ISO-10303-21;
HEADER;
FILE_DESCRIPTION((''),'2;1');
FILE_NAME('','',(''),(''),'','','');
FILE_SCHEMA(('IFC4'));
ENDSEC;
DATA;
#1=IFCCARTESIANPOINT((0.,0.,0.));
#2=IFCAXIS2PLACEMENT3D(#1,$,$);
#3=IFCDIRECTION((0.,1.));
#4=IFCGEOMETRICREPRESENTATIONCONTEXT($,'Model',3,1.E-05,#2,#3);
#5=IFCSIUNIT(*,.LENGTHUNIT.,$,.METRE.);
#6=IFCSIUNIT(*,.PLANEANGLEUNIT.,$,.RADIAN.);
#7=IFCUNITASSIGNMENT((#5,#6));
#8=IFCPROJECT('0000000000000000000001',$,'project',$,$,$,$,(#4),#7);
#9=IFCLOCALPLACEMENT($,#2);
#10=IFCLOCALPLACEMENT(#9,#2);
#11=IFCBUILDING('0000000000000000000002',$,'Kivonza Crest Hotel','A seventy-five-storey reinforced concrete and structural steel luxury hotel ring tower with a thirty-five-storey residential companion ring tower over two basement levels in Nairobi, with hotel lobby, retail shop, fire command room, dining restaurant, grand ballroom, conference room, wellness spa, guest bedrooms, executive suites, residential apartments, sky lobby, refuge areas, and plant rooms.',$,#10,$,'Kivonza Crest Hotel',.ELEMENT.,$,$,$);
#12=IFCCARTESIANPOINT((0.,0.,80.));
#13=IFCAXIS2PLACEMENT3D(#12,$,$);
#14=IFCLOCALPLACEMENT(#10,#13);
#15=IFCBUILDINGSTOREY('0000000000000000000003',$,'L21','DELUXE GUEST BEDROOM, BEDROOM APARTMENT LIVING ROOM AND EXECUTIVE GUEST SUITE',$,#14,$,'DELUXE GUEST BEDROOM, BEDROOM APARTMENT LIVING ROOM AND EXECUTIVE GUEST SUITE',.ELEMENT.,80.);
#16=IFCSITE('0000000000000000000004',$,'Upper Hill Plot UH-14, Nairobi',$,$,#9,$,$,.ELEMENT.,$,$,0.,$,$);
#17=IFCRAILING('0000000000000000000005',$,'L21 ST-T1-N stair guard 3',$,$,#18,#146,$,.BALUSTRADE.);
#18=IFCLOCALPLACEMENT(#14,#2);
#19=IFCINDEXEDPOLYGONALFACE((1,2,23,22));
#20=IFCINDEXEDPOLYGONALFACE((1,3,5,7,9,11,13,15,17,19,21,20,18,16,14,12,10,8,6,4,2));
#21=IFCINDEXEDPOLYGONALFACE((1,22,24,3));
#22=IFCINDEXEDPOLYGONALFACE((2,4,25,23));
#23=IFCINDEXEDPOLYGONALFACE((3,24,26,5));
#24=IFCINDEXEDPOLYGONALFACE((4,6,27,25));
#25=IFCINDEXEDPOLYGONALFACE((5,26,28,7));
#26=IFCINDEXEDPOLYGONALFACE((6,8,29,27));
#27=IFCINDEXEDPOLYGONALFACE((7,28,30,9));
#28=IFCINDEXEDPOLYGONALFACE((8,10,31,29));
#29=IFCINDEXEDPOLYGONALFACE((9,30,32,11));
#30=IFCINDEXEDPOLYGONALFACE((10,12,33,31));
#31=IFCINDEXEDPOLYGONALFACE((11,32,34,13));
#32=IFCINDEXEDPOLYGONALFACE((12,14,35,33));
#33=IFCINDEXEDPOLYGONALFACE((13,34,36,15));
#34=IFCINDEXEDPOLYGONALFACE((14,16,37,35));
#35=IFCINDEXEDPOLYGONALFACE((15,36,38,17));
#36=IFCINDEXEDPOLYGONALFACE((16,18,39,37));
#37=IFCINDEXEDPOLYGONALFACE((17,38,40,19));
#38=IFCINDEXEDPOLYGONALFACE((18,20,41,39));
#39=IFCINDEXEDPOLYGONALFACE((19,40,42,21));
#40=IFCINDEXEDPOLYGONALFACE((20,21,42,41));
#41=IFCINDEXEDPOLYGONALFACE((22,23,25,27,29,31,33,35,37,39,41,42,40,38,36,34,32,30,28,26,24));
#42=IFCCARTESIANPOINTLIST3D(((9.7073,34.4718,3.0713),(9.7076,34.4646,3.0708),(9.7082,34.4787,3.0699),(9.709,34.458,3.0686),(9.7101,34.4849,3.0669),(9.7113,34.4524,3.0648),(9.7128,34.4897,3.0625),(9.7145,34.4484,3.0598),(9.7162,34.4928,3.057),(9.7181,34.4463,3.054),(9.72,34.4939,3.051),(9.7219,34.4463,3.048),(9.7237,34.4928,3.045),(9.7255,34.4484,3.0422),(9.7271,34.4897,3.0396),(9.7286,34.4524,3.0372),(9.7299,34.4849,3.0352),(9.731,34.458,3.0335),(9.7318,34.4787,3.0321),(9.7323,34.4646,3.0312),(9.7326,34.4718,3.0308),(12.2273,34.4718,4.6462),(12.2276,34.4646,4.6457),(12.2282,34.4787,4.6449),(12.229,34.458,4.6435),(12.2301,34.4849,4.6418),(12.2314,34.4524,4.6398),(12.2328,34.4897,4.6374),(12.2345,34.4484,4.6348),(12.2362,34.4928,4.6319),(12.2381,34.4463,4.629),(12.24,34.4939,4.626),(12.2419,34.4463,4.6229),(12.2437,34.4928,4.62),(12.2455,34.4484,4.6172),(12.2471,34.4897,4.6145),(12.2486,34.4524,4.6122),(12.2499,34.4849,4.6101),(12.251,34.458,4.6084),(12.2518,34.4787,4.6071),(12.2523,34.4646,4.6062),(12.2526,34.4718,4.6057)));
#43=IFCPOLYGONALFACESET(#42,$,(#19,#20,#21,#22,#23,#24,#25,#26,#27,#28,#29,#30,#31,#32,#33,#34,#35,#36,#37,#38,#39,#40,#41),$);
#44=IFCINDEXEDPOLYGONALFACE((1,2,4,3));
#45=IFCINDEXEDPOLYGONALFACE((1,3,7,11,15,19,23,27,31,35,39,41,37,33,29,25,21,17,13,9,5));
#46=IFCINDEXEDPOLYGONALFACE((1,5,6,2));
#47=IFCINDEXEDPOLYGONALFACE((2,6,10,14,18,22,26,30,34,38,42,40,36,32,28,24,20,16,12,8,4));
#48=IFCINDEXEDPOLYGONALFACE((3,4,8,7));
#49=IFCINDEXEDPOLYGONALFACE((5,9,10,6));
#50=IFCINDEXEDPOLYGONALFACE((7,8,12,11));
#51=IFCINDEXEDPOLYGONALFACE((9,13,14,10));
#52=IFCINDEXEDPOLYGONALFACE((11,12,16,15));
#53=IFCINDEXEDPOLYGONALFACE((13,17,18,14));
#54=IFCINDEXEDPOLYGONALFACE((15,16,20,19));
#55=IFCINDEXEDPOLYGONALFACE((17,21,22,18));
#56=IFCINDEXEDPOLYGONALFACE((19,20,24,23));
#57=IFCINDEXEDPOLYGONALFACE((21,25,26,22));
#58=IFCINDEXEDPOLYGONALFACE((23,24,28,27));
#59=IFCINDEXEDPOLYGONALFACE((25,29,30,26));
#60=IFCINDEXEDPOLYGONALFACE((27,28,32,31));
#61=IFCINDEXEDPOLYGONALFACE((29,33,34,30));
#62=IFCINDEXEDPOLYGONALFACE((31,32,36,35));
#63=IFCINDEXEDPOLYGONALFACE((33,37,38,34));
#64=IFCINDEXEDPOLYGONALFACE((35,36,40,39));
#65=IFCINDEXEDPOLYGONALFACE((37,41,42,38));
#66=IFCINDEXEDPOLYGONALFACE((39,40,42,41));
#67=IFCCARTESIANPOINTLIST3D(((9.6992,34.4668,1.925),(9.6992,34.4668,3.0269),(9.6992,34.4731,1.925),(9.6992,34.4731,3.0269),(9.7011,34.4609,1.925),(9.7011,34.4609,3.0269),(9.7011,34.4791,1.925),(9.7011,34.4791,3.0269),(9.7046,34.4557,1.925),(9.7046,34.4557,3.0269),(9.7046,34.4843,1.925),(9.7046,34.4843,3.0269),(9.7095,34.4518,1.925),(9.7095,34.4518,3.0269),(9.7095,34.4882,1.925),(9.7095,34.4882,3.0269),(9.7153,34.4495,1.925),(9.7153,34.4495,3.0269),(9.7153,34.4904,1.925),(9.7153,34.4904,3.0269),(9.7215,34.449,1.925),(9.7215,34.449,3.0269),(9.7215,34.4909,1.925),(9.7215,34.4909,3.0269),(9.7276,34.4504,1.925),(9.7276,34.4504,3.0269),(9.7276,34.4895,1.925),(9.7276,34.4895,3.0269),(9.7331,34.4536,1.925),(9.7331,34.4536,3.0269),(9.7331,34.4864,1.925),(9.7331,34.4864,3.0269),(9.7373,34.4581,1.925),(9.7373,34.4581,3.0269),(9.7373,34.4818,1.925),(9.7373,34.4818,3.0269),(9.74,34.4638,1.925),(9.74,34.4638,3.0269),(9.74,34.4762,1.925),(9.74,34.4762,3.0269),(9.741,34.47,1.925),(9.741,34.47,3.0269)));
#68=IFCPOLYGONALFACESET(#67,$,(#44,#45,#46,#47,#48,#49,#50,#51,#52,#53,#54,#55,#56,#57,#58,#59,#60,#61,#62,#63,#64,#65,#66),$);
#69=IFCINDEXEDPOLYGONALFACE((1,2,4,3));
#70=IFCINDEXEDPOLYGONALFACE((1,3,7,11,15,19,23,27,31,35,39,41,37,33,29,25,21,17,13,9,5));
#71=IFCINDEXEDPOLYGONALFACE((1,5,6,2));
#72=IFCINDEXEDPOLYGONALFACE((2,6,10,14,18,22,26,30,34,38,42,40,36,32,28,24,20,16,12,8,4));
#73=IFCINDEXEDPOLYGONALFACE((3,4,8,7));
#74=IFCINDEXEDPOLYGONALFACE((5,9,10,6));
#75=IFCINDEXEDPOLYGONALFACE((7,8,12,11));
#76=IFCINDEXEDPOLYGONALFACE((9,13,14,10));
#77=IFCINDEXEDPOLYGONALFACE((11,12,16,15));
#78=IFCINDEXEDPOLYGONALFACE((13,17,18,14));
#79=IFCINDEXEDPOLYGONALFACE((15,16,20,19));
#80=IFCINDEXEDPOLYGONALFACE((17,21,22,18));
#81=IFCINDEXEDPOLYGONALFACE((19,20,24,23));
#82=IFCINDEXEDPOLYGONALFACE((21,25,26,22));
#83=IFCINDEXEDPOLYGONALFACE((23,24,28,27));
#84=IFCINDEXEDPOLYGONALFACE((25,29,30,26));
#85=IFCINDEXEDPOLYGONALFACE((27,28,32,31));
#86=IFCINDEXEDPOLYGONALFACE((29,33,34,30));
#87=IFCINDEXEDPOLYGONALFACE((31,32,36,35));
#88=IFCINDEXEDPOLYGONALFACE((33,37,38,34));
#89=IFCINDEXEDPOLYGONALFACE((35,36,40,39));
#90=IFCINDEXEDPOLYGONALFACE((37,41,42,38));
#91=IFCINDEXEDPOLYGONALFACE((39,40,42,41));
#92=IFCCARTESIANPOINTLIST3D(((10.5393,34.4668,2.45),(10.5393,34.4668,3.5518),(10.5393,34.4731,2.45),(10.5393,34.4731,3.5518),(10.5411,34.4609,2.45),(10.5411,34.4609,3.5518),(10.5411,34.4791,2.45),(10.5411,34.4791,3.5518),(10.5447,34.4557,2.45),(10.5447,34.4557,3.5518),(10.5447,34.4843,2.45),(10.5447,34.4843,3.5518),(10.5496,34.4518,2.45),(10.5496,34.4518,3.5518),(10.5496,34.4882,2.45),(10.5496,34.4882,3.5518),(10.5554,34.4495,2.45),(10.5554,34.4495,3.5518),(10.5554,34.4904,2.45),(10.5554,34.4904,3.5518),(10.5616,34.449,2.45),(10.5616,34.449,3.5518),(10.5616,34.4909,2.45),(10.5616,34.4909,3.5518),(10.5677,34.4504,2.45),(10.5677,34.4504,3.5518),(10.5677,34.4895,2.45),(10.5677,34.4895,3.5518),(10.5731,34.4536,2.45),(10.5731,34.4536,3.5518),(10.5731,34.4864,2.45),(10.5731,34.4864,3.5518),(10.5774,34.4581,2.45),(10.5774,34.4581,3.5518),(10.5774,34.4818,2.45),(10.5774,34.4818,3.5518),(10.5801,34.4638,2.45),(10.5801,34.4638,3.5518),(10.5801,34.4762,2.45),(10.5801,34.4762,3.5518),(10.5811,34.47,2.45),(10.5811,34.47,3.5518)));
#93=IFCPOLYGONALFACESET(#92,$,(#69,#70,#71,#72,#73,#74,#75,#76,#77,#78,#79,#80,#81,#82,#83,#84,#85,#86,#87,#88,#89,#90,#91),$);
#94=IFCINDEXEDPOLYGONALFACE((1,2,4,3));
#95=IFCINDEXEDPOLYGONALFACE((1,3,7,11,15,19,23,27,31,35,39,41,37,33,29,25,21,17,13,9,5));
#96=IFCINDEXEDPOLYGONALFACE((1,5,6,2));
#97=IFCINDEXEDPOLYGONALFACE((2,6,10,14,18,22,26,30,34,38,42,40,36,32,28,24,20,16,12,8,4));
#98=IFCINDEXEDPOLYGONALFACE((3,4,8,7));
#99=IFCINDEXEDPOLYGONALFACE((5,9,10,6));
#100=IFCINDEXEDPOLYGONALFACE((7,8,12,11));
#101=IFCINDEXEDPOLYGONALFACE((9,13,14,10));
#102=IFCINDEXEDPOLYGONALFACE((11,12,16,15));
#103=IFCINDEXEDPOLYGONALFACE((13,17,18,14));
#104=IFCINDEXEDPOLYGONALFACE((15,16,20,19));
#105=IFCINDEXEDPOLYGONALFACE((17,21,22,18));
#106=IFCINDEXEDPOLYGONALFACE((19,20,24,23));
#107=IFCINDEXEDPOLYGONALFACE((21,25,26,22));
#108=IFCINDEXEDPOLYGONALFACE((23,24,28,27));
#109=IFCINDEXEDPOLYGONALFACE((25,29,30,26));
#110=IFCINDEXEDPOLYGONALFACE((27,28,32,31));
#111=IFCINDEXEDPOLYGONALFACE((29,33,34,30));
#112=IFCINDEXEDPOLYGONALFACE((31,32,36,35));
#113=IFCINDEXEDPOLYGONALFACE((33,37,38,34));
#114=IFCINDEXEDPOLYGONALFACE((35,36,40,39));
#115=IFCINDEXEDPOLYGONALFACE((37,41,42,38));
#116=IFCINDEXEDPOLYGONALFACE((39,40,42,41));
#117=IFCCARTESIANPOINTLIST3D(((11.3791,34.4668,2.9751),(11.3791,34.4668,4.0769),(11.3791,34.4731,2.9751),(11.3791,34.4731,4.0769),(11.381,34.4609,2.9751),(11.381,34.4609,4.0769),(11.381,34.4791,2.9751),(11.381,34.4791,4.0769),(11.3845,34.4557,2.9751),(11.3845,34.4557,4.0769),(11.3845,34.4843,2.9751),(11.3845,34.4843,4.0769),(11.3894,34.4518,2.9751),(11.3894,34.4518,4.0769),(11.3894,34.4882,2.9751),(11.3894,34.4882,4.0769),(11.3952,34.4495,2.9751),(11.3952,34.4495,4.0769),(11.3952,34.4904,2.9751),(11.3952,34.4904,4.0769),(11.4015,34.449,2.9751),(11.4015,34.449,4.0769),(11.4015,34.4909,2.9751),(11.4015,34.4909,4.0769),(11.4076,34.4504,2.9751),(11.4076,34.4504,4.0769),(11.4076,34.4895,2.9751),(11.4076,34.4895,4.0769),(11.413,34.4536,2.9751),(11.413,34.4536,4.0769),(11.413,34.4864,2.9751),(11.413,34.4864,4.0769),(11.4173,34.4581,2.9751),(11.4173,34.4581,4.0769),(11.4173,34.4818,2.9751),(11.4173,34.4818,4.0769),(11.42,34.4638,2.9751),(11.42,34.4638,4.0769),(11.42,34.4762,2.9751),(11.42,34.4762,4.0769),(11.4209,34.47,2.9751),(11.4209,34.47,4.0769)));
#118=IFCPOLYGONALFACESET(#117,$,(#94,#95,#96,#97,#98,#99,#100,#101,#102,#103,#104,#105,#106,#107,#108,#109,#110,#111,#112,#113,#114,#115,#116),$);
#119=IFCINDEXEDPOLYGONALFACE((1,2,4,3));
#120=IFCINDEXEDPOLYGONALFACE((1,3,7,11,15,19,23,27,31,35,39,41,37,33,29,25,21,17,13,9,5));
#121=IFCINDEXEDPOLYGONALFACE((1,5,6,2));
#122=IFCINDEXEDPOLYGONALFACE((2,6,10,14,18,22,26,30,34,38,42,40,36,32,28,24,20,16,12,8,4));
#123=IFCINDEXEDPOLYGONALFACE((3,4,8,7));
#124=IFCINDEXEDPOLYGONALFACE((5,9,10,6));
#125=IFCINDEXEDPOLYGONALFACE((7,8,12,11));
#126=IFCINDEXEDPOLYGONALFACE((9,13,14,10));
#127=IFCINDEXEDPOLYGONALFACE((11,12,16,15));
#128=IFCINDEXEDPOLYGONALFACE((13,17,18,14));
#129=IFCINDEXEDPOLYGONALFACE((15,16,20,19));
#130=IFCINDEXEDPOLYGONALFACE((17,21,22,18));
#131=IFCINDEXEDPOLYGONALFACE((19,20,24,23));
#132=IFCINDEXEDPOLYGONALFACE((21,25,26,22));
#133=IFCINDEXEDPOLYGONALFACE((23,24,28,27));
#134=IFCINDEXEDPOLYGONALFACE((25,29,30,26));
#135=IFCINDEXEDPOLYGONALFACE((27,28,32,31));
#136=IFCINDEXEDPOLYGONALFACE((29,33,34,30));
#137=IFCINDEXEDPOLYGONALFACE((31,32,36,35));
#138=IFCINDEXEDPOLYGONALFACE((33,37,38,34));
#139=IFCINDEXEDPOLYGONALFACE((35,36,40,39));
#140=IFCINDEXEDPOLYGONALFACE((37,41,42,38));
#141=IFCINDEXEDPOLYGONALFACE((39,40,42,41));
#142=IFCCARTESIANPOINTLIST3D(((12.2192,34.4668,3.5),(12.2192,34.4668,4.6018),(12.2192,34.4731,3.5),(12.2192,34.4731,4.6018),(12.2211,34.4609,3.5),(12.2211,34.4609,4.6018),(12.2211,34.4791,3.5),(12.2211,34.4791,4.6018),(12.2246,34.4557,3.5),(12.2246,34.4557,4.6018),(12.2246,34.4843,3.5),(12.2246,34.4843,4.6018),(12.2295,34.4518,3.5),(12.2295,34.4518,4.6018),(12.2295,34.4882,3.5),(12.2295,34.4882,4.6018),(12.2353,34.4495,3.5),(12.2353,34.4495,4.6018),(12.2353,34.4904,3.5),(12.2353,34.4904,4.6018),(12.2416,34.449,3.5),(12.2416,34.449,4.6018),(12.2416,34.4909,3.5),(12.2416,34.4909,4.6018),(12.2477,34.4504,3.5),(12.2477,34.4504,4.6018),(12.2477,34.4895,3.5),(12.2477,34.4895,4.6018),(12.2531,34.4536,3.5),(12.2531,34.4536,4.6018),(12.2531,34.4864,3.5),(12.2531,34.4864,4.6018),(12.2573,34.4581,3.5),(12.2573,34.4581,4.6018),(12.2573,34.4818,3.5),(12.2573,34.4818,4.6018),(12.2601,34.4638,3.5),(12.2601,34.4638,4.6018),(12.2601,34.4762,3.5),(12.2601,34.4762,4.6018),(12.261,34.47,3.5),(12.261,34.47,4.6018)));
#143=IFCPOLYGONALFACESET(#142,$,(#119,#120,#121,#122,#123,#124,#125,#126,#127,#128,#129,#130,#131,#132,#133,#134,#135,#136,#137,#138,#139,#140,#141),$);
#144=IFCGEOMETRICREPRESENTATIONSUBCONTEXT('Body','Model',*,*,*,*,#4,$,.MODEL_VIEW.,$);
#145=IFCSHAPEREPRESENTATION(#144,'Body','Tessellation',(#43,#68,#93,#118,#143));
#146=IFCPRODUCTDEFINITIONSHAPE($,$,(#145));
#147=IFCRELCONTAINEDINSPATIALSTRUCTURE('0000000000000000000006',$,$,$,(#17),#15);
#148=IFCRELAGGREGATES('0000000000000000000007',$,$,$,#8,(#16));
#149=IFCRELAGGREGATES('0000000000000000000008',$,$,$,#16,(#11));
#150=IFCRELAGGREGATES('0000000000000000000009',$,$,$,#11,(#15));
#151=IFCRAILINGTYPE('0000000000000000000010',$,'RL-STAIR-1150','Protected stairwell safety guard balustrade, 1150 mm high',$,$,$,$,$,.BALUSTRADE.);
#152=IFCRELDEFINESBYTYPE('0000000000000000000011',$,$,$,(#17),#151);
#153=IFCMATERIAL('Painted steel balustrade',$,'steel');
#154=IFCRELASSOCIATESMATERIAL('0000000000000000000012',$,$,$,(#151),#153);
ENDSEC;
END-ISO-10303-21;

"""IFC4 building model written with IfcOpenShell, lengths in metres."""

from ifc_helpers import new_model, si_unit, direction, frame, origin, origin_2d, place, context, subcontext, project, spatial, circle, extrude, material, type_object, element, save


model = new_model("IFC4")

# Units and contexts
model_context = context("Model", 3, precision=1e-05, world=origin(), true_north=direction((0.0, 1.0)))
body_context = subcontext(model_context, "Body", "Model", "MODEL_VIEW")
ifc_project = project(units=[si_unit("LENGTHUNIT", "METRE"), si_unit("PLANEANGLEUNIT", "RADIAN")], contexts=[model_context])

# Site, building, storey
site_placement = place(None, origin())
site = spatial("IfcSite", under=ifc_project, at=site_placement, Name="Upper Hill Plot UH-14, Nairobi", CompositionType="ELEMENT", RefElevation=0.0)
building_placement = place(site_placement, origin())
building = spatial("IfcBuilding", under=site, at=building_placement, Name="Kivonza Crest Hotel", Description="A seventy-five-storey reinforced concrete and structural steel luxury hotel ring tower with a thirty-five-storey residential companion ring tower over two basement levels in Nairobi, with hotel lobby, retail shop, fire command room, dining restaurant, grand ballroom, conference room, wellness spa, guest bedrooms, executive suites, residential apartments, sky lobby, refuge areas, and plant rooms.", LongName="Kivonza Crest Hotel", CompositionType="ELEMENT")
storey_placement = place(building_placement, frame((0.0, 0.0, 80.0)))
storey = spatial("IfcBuildingStorey", under=building, at=storey_placement, Name="L21", Description="DELUXE GUEST BEDROOM, BEDROOM APARTMENT LIVING ROOM AND EXECUTIVE GUEST SUITE", LongName="DELUXE GUEST BEDROOM, BEDROOM APARTMENT LIVING ROOM AND EXECUTIVE GUEST SUITE", CompositionType="ELEMENT", Elevation=80.0)

# Railing
ifc_material_1 = material(Name="Painted steel balustrade", Category="steel")
railing_type_1 = type_object("IfcRailingType", Name="RL-STAIR-1150", Description="Protected stairwell safety guard balustrade, 1150 mm high", PredefinedType="BALUSTRADE", material=ifc_material_1)
railing_1_placement = place(storey_placement, frame((9.72, 34.47, 1.925)))
element("IfcRailing", 1, at=railing_1_placement, inside=storey, type_object=railing_type_1, Name="L21 ST-T1-N stair guard 3", PredefinedType="BALUSTRADE", context=body_context, shape_type="SweptSolid", body=[
    extrude(circle(Radius=0.0239, at=origin_2d()), frame((0.0, 0.0, 1.126), z_axis=(0.848008, 0.0, 0.529984), x_axis=(0.0, 1.0, 0.0)), (0.0, 0.0, 1.0), 2.9717),
    extrude(circle(Radius=0.021, at=origin_2d()), origin(), (0.0, 0.0, 1.0), 1.1018),
    extrude(circle(Radius=0.021, at=origin_2d()), frame((0.8401, 0.0, 0.5249)), (0.0, 0.0, 1.0), 1.1018),
    extrude(circle(Radius=0.021, at=origin_2d()), frame((1.6799, 0.0, 1.05)), (0.0, 0.0, 1.0), 1.1018),
    extrude(circle(Radius=0.021, at=origin_2d()), frame((2.52, 0.0, 1.575)), (0.0, 0.0, 1.0), 1.1018),
])

save(model, "model.ifc")
